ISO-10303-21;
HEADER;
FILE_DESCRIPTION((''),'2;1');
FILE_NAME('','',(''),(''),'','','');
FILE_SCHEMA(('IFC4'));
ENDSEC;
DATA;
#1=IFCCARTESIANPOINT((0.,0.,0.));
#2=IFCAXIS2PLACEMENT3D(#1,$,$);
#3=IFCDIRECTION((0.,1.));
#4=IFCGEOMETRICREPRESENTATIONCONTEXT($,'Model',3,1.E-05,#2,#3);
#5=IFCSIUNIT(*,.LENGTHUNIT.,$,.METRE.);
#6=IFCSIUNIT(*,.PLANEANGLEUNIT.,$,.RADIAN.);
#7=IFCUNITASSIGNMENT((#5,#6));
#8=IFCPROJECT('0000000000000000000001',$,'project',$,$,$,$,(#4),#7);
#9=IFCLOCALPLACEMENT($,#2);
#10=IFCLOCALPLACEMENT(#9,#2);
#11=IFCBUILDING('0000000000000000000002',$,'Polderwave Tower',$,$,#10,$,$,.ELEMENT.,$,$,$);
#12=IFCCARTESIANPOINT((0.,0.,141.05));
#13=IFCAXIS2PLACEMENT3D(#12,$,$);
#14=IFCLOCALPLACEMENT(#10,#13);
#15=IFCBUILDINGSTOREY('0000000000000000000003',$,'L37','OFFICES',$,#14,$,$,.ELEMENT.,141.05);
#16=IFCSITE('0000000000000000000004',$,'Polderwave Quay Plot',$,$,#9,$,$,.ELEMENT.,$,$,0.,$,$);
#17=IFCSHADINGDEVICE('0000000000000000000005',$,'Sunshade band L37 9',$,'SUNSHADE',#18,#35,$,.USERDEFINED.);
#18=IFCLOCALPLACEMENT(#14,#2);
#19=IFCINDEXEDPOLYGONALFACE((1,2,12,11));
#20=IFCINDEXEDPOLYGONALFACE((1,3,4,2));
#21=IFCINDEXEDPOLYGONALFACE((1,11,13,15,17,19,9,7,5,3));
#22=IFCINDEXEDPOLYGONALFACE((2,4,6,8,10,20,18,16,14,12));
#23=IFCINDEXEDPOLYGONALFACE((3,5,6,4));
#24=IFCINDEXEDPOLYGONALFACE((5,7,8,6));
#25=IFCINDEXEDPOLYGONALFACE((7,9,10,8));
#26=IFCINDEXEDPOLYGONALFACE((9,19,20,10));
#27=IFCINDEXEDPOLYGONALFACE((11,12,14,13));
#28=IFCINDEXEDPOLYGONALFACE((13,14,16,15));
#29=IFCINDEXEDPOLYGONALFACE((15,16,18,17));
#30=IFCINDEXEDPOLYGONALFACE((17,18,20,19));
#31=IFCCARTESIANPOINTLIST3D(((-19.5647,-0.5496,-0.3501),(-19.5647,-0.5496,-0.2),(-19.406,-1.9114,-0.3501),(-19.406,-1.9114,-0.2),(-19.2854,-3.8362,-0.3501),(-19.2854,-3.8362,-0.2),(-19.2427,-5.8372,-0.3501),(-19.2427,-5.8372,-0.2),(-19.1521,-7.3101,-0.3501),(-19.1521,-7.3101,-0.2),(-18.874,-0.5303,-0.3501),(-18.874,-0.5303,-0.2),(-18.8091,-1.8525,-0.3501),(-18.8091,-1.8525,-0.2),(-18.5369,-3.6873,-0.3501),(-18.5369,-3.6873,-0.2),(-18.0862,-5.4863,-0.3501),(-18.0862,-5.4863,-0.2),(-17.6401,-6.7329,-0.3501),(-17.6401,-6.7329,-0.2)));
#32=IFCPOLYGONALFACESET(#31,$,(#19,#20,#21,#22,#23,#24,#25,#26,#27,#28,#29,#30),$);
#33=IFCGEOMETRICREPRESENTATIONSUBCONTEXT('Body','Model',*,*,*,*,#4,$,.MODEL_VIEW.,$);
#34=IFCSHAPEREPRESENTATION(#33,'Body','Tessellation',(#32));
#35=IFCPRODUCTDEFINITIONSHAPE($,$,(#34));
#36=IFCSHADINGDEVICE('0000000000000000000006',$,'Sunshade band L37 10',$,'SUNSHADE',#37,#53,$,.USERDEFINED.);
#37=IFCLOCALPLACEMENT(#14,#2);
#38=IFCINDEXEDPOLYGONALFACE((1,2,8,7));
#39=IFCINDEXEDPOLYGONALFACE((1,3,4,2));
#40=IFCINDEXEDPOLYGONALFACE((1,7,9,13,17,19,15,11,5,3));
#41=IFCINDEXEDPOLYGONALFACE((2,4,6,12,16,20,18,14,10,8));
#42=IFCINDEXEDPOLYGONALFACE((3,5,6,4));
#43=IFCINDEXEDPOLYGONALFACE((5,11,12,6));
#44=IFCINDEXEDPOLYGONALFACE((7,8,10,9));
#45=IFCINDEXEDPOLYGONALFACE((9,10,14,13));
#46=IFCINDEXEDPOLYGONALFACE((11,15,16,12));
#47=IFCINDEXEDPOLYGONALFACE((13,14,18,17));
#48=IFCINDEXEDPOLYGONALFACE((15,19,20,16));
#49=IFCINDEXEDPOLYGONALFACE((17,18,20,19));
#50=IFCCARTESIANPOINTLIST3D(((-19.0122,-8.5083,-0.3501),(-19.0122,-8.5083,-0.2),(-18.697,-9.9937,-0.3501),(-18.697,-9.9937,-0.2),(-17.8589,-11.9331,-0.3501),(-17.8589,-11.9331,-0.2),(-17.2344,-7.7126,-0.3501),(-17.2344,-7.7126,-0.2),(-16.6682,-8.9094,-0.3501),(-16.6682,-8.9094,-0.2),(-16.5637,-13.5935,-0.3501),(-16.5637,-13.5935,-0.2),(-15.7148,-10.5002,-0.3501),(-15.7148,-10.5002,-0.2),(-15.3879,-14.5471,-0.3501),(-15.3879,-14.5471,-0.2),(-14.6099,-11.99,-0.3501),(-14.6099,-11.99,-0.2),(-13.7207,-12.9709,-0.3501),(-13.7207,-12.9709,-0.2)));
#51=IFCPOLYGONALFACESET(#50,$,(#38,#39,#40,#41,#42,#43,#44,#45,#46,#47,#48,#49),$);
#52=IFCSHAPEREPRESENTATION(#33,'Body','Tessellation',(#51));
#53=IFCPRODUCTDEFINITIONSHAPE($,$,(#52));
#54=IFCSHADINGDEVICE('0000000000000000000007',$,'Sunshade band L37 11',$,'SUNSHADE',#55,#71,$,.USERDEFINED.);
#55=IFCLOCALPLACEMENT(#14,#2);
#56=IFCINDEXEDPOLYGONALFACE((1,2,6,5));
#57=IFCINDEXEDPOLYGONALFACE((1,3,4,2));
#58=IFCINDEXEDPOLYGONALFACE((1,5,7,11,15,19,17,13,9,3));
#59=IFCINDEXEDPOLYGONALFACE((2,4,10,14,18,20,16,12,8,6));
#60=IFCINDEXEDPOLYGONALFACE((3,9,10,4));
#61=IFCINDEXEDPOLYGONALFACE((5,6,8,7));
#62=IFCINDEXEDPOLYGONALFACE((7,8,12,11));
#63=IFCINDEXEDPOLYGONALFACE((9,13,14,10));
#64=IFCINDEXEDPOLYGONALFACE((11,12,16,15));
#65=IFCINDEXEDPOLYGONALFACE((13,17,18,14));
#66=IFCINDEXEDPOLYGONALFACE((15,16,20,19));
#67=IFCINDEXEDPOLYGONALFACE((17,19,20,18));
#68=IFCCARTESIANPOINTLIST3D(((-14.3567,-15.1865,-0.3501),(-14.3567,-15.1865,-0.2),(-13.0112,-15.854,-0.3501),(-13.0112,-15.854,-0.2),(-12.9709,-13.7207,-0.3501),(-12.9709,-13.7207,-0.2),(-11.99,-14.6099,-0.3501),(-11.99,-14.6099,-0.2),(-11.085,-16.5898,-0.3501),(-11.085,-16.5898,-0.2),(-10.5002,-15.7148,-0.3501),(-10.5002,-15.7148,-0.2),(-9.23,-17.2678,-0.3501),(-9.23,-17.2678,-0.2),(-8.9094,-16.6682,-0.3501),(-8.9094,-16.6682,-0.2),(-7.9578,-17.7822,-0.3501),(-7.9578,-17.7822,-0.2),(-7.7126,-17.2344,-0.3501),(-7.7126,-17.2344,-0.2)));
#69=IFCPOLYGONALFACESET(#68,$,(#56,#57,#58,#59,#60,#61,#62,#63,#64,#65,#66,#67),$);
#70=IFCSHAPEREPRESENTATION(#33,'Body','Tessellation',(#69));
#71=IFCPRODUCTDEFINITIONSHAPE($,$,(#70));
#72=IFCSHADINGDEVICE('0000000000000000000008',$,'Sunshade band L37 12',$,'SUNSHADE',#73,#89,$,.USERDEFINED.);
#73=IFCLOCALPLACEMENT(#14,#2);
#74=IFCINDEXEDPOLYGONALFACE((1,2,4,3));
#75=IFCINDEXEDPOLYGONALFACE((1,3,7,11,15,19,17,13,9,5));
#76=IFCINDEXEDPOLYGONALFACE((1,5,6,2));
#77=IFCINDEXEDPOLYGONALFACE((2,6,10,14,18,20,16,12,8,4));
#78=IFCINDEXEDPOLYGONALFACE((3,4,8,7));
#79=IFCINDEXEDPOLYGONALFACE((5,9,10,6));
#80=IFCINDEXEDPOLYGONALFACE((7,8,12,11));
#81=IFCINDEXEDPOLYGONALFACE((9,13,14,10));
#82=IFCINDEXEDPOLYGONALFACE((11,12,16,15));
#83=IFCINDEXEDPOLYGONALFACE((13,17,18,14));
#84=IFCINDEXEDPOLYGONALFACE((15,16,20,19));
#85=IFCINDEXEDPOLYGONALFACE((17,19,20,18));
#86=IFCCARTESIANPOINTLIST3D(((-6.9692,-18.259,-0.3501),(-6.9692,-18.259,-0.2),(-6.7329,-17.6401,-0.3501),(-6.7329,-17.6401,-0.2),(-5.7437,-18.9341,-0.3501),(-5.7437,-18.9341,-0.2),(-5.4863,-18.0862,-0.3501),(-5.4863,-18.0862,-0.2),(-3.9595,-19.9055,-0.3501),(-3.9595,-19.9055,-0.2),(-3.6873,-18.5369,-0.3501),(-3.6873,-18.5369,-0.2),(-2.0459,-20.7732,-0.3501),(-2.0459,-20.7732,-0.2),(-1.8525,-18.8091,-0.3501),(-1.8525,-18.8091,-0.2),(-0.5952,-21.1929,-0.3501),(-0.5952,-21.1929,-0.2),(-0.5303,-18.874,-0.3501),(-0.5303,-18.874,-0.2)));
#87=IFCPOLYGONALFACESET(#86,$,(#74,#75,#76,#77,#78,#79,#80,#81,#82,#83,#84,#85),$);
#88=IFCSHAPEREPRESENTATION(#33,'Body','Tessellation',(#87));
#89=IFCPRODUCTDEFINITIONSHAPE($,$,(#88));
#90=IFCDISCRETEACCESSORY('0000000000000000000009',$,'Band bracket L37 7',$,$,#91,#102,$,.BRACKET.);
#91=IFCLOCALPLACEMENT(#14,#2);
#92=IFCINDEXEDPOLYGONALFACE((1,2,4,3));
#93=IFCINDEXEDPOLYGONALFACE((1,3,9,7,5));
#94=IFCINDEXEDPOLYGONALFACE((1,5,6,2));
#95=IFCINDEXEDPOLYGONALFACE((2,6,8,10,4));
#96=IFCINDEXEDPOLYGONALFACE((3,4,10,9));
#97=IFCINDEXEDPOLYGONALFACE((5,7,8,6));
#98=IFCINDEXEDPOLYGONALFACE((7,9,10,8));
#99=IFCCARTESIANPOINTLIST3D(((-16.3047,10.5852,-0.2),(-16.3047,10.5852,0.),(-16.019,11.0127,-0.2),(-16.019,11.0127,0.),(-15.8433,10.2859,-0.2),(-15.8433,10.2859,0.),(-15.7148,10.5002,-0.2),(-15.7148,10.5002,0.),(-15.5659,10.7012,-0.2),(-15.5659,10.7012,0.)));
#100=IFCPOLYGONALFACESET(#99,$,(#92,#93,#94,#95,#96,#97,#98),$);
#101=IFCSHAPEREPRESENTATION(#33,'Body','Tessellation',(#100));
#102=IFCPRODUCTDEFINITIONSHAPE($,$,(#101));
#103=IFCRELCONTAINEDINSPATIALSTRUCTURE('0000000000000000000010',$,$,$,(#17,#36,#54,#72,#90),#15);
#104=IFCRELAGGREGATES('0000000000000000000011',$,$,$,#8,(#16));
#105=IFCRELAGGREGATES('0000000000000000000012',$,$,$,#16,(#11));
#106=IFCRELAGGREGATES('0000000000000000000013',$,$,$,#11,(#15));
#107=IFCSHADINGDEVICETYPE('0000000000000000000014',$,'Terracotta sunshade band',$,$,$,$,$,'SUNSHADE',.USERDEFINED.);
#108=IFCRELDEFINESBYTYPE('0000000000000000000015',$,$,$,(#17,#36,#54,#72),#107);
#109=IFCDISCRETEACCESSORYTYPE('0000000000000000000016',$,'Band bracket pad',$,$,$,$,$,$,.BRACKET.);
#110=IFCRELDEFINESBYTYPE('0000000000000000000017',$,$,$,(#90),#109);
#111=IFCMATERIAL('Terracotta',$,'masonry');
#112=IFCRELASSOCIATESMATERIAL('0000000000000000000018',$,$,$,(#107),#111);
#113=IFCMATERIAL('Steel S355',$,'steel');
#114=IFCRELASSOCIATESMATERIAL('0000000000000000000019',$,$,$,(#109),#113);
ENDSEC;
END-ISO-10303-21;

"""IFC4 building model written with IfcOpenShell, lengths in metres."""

from ifc_helpers import new_model, si_unit, direction, frame, origin, place, context, subcontext, project, spatial, polyline, outline, extrude, material, type_object, element, save


model = new_model("IFC4")

# Units and contexts
model_context = context("Model", 3, precision=1e-05, world=origin(), true_north=direction((0.0, 1.0)))
body_context = subcontext(model_context, "Body", "Model", "MODEL_VIEW")
ifc_project = project(units=[si_unit("LENGTHUNIT", "METRE"), si_unit("PLANEANGLEUNIT", "RADIAN")], contexts=[model_context])

# Site, building, storey
site_placement = place(None, origin())
site = spatial("IfcSite", under=ifc_project, at=site_placement, Name="Polderwave Quay Plot", CompositionType="ELEMENT", RefElevation=0.0)
building_placement = place(site_placement, origin())
building = spatial("IfcBuilding", under=site, at=building_placement, Name="Polderwave Tower", CompositionType="ELEMENT")
storey_placement = place(building_placement, frame((0.0, 0.0, 141.05)))
storey = spatial("IfcBuildingStorey", under=building, at=storey_placement, Name="L37", Description="OFFICES", CompositionType="ELEMENT", Elevation=141.05)

# Shading devices
ifc_material_1 = material(Name="Terracotta", Category="masonry")
shading_device_type = type_object("IfcShadingDeviceType", Name="Terracotta sunshade band", ElementType="SUNSHADE", PredefinedType="USERDEFINED", material=ifc_material_1)
shading_device_1_placement = place(storey_placement, frame((0.0, 0.0, -0.3501)))
element("IfcShadingDevice", 1, at=shading_device_1_placement, inside=storey, type_object=shading_device_type, Name="Sunshade band L37 9", ObjectType="SUNSHADE", PredefinedType="USERDEFINED", context=body_context, shape_type="SweptSolid", body=[
    extrude(outline(polyline([(-18.874, -0.5303), (-18.8091, -1.8525), (-18.5369, -3.6873), (-18.0862, -5.4863), (-17.6401, -6.7329), (-19.1521, -7.3101), (-19.2427, -5.8372), (-19.2854, -3.8362), (-19.406, -1.9114), (-19.5647, -0.5496), (-18.874, -0.5303)])), origin(), (0.0, 0.0, 1.0), 0.1501),
])
shading_device_2_placement = place(storey_placement, frame((0.0, 0.0, -0.3501)))
element("IfcShadingDevice", 2, at=shading_device_2_placement, inside=storey, type_object=shading_device_type, Name="Sunshade band L37 10", ObjectType="SUNSHADE", PredefinedType="USERDEFINED", context=body_context, shape_type="SweptSolid", body=[
    extrude(outline(polyline([(-17.2344, -7.7126), (-16.6682, -8.9094), (-15.7148, -10.5002), (-14.6099, -11.99), (-13.7207, -12.9709), (-15.3879, -14.5471), (-16.5637, -13.5935), (-17.8589, -11.9331), (-18.697, -9.9937), (-19.0122, -8.5083), (-17.2344, -7.7126)])), origin(), (0.0, 0.0, 1.0), 0.1501),
])
shading_device_3_placement = place(storey_placement, frame((0.0, 0.0, -0.3501)))
element("IfcShadingDevice", 3, at=shading_device_3_placement, inside=storey, type_object=shading_device_type, Name="Sunshade band L37 11", ObjectType="SUNSHADE", PredefinedType="USERDEFINED", context=body_context, shape_type="SweptSolid", body=[
    extrude(outline(polyline([(-12.9709, -13.7207), (-11.99, -14.6099), (-10.5002, -15.7148), (-8.9094, -16.6682), (-7.7126, -17.2344), (-7.9578, -17.7822), (-9.23, -17.2678), (-11.085, -16.5898), (-13.0112, -15.854), (-14.3567, -15.1865), (-12.9709, -13.7207)])), origin(), (0.0, 0.0, 1.0), 0.1501),
])
shading_device_4_placement = place(storey_placement, frame((0.0, 0.0, -0.3501)))
element("IfcShadingDevice", 4, at=shading_device_4_placement, inside=storey, type_object=shading_device_type, Name="Sunshade band L37 12", ObjectType="SUNSHADE", PredefinedType="USERDEFINED", context=body_context, shape_type="SweptSolid", body=[
    extrude(outline(polyline([(-6.7329, -17.6401), (-5.4863, -18.0862), (-3.6873, -18.5369), (-1.8525, -18.8091), (-0.5303, -18.874), (-0.5952, -21.1929), (-2.0459, -20.7732), (-3.9595, -19.9055), (-5.7437, -18.9341), (-6.9692, -18.259), (-6.7329, -17.6401)])), origin(), (0.0, 0.0, 1.0), 0.1501),
])

# Discrete accessory
ifc_material_2 = material(Name="Steel S355", Category="steel")
discrete_accessory_type = type_object("IfcDiscreteAccessoryType", Name="Band bracket pad", PredefinedType="BRACKET", material=ifc_material_2)
discrete_accessory_placement = place(storey_placement, frame((0.0, 0.0, -0.2)))
element("IfcDiscreteAccessory", 5, at=discrete_accessory_placement, inside=storey, type_object=discrete_accessory_type, Name="Band bracket L37 7", PredefinedType="BRACKET", context=body_context, shape_type="SweptSolid", body=[
    extrude(outline(polyline([(-15.5659, 10.7012), (-15.7148, 10.5002), (-15.8433, 10.2859), (-16.3047, 10.5852), (-16.019, 11.0127), (-15.5659, 10.7012)])), origin(), (0.0, 0.0, 1.0), 0.2),
])

save(model, "model.ifc")
